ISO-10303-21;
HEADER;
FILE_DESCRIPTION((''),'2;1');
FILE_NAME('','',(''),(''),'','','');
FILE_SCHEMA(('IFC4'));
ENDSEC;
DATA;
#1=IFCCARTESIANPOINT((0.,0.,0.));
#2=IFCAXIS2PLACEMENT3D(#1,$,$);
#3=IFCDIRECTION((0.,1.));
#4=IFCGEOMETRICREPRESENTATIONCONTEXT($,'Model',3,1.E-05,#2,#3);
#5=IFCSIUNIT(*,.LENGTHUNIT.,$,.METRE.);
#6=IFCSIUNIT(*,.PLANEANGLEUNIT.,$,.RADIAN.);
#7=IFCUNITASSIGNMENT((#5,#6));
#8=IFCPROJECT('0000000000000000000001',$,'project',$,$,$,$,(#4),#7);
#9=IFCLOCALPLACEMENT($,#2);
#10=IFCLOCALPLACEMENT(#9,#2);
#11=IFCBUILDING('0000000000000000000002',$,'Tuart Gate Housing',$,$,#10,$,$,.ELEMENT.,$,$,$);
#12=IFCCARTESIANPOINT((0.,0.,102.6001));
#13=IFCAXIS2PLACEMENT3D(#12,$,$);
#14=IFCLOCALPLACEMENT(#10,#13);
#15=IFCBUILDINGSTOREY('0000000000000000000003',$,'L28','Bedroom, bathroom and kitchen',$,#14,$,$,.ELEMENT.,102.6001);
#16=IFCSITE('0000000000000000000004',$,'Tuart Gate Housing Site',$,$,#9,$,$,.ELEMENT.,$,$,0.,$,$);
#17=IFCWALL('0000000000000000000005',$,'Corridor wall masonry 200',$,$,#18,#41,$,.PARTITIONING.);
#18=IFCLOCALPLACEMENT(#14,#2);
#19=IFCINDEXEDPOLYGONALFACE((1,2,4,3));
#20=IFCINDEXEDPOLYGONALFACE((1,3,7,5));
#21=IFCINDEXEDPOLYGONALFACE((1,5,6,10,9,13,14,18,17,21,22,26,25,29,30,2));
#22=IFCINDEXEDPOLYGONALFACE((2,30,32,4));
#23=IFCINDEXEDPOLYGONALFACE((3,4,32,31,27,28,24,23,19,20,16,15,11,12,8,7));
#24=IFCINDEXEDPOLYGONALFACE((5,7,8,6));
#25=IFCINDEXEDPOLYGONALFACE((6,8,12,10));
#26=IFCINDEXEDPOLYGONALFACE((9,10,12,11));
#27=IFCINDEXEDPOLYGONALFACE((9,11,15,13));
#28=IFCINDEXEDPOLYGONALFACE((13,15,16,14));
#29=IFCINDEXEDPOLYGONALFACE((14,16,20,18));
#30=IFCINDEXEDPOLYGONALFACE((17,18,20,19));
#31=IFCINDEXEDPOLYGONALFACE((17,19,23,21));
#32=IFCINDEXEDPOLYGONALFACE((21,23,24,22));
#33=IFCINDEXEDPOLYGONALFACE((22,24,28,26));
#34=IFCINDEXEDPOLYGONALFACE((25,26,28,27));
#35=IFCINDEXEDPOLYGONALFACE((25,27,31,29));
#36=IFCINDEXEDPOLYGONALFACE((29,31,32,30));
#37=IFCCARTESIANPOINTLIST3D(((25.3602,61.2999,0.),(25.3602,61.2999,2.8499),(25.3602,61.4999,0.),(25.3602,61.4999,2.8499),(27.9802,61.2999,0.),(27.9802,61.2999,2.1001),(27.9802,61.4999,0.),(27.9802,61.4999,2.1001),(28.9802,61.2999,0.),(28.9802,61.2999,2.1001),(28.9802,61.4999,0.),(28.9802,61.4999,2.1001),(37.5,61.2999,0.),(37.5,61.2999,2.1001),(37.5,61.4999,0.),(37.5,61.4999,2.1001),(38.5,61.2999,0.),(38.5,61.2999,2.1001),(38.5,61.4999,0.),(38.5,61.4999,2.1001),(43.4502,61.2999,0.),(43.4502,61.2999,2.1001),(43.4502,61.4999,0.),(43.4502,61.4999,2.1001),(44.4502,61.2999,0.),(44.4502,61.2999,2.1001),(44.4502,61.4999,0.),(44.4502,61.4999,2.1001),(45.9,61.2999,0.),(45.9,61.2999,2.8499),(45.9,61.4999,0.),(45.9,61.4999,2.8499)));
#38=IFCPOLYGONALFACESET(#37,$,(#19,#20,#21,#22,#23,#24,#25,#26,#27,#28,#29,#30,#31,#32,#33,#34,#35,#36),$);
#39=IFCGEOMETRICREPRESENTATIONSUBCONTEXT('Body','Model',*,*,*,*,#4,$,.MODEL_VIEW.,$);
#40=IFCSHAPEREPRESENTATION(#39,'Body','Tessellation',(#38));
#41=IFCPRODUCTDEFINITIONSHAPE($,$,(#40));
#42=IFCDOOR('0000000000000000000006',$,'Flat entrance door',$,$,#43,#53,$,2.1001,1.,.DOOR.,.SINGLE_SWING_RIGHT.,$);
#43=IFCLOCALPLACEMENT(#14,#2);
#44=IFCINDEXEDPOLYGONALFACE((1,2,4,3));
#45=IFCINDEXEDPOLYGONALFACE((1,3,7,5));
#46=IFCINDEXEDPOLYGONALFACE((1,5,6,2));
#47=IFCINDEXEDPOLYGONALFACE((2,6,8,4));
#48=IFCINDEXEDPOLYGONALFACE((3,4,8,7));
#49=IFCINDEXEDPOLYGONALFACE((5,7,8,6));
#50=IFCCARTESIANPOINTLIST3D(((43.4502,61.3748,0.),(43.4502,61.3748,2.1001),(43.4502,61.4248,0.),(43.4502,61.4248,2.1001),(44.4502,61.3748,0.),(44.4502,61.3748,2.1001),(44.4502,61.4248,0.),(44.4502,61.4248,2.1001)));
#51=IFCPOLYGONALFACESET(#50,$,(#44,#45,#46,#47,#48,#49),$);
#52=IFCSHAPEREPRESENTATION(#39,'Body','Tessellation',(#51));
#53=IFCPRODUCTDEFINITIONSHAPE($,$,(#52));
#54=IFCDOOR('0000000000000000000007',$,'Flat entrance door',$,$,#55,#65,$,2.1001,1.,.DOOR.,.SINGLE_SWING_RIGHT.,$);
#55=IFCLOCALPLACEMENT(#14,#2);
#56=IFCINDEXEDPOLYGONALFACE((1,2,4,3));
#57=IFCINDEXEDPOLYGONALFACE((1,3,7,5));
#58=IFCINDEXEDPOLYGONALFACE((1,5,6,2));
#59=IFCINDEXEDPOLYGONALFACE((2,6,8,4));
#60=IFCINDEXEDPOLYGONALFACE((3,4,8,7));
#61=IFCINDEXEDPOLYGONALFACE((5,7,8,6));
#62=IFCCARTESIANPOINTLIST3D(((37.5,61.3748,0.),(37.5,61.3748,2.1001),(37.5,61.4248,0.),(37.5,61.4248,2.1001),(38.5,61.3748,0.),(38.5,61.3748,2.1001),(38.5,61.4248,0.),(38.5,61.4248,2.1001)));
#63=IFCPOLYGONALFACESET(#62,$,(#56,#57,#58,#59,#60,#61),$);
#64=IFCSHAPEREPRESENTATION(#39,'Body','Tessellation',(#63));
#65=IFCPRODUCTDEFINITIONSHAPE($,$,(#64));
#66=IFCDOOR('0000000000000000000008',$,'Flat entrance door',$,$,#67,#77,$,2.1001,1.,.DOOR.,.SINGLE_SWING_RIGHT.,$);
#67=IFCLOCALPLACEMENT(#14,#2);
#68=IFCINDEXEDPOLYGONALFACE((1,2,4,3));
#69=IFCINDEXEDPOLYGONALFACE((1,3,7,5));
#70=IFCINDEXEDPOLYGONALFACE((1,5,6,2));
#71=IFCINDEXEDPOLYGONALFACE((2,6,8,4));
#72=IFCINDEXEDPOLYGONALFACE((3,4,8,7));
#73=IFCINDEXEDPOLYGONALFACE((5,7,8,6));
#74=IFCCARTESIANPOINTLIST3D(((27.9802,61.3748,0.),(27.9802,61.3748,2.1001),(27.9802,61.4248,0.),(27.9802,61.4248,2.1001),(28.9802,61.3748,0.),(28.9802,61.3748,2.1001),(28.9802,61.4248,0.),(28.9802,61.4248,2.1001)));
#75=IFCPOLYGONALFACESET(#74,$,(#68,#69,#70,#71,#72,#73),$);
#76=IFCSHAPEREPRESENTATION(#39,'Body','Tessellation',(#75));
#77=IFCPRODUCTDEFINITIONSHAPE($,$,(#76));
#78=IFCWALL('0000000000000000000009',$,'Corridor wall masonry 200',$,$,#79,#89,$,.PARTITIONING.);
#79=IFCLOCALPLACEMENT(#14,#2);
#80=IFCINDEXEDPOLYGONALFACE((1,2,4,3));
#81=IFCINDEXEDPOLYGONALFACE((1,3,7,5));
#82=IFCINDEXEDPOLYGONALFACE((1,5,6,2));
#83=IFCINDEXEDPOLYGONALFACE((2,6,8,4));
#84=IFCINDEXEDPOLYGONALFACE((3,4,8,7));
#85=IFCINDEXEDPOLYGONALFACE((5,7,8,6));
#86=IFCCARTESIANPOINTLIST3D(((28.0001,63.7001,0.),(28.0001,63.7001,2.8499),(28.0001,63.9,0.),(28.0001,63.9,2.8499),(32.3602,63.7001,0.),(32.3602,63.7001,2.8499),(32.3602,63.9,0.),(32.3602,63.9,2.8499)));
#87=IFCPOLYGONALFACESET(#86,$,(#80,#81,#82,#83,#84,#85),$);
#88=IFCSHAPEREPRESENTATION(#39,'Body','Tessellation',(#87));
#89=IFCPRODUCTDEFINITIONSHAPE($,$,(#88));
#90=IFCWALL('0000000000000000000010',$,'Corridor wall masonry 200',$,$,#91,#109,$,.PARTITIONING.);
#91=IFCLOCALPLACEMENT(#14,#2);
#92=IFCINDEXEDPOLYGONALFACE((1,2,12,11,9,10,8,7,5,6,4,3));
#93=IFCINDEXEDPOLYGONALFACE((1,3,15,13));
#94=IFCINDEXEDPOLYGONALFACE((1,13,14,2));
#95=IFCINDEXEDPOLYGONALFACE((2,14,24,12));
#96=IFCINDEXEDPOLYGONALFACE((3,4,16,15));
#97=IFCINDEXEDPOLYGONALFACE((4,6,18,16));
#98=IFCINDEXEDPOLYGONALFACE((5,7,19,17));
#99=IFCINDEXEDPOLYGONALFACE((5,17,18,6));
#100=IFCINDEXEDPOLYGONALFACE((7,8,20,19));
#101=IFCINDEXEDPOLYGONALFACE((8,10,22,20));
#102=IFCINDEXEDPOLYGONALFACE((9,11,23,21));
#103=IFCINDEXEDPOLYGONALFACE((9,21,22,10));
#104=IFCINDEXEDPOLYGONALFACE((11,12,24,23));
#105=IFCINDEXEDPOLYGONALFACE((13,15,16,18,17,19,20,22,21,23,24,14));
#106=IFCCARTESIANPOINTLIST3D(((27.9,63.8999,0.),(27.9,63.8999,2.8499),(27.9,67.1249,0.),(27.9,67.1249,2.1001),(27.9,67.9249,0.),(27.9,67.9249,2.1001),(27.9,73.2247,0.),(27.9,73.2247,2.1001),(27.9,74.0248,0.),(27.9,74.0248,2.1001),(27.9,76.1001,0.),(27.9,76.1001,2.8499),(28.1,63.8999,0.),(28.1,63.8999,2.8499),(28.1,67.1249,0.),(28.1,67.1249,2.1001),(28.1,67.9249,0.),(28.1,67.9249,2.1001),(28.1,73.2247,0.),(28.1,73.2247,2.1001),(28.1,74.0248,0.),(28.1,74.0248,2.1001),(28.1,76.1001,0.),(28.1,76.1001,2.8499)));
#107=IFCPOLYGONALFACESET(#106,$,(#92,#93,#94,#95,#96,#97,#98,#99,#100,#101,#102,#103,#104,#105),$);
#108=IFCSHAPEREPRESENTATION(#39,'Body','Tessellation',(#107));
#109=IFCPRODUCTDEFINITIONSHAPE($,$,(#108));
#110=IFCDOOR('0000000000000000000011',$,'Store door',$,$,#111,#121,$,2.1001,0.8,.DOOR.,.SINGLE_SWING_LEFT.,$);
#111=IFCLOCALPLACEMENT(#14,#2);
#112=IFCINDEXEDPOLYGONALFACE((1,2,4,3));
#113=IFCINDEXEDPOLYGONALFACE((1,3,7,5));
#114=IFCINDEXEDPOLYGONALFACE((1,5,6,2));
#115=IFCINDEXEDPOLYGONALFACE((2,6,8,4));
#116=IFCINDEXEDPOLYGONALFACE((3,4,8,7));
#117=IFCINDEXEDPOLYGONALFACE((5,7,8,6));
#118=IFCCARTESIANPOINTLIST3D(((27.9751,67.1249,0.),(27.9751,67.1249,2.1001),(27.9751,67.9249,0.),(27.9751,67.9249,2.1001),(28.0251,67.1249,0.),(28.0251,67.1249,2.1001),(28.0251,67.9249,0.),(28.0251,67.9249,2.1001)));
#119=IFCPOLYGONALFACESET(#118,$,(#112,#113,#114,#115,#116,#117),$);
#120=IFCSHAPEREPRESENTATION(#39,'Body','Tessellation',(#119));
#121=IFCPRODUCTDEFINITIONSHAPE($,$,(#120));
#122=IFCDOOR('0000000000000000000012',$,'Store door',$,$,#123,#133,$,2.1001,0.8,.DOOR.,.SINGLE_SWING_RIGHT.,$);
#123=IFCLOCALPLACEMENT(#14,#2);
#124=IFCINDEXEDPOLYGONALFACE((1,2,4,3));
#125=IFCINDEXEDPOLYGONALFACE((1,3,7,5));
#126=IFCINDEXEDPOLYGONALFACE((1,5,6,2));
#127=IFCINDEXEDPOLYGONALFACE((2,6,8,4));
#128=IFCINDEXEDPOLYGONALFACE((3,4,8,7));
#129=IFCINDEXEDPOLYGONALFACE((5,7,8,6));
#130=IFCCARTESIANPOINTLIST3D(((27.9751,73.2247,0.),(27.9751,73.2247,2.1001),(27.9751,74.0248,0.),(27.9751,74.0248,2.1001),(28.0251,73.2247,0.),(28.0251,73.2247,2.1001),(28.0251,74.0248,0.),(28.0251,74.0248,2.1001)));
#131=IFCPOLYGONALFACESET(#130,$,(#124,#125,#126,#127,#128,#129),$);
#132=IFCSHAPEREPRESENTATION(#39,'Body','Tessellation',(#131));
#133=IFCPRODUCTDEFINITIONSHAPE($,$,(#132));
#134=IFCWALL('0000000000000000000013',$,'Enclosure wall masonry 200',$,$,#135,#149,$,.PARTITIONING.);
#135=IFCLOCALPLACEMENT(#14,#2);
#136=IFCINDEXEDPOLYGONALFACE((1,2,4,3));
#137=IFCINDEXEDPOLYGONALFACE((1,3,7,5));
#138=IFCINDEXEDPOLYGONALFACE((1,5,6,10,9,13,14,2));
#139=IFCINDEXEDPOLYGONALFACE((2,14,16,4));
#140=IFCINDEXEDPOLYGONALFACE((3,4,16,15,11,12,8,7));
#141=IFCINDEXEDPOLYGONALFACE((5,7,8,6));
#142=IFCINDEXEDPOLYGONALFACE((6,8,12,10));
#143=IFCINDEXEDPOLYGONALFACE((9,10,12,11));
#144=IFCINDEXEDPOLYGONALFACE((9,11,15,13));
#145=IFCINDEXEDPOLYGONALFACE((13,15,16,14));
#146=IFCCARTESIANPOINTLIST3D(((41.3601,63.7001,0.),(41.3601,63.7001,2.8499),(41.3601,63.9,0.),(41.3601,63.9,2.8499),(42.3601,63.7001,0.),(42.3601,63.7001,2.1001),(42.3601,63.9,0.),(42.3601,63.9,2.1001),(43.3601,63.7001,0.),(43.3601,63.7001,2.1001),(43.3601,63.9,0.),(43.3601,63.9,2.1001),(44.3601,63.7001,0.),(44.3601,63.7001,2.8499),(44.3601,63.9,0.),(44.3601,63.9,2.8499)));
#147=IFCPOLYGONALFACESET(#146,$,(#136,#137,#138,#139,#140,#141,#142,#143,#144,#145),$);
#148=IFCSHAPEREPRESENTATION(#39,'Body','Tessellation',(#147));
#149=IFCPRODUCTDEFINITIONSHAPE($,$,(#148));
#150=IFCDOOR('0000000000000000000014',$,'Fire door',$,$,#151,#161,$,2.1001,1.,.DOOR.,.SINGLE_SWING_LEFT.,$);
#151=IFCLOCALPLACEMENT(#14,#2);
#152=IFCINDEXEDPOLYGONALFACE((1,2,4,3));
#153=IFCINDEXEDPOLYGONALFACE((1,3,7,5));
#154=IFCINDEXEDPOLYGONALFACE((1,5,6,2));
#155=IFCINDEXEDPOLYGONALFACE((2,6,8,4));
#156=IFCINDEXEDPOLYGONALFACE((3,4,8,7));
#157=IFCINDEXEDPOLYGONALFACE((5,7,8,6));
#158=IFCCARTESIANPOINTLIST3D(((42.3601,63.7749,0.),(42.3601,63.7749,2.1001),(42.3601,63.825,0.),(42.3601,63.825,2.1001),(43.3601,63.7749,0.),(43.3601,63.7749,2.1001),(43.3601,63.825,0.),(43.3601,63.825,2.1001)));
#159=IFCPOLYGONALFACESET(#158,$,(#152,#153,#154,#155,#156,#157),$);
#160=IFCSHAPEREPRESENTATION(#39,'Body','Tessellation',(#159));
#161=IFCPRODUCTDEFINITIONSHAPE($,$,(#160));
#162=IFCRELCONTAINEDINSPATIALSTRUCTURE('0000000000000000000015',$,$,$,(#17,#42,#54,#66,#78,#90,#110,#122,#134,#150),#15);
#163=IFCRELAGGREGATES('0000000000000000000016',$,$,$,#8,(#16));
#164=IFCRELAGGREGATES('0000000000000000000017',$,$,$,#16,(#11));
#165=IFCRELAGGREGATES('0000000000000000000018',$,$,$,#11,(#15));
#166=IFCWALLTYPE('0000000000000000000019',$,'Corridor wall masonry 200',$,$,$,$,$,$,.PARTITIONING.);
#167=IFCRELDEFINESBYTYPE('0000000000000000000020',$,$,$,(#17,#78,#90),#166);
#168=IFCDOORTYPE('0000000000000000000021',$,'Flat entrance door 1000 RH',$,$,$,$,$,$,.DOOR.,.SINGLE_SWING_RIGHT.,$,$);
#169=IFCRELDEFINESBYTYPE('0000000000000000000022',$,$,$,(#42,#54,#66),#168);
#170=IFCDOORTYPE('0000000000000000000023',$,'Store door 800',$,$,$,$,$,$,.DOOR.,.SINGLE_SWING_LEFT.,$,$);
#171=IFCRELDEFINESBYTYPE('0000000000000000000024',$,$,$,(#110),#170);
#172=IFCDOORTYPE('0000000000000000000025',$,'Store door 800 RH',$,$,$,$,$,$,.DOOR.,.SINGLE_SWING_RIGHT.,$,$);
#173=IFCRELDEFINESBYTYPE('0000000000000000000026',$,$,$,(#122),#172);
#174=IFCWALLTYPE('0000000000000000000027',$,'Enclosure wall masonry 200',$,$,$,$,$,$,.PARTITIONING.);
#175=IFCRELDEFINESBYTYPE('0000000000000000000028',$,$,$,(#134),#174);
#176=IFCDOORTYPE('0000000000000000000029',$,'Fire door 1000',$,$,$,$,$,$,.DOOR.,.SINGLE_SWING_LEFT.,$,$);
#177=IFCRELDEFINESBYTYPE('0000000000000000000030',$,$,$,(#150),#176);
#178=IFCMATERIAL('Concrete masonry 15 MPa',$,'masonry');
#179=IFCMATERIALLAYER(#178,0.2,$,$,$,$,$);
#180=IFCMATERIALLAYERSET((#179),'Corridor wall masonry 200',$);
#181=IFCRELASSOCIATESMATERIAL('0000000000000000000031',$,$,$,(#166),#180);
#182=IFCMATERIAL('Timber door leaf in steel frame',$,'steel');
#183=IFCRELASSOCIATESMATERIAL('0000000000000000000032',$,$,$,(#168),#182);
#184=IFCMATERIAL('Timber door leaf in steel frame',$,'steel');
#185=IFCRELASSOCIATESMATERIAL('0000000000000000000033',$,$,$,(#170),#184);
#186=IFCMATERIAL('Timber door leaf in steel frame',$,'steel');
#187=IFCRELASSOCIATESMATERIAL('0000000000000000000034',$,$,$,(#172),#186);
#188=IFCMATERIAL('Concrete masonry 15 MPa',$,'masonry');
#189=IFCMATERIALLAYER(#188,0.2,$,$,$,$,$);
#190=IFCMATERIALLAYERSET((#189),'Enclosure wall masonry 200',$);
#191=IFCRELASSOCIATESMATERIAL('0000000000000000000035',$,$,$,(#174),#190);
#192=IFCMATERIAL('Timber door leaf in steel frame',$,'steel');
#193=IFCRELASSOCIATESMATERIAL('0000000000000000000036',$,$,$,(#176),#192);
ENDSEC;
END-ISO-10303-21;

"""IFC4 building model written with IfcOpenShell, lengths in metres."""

from ifc_helpers import new_model, si_unit, direction, frame, frame_2d, origin, place, context, subcontext, project, spatial, rectangle, extrude, material, layer, layer_set, type_object, element, fill, save


model = new_model("IFC4")

# Units and contexts
model_context = context("Model", 3, precision=1e-05, world=origin(), true_north=direction((0.0, 1.0)))
body_context = subcontext(model_context, "Body", "Model", "MODEL_VIEW")
ifc_project = project(units=[si_unit("LENGTHUNIT", "METRE"), si_unit("PLANEANGLEUNIT", "RADIAN")], contexts=[model_context])

# Site, building, storey
site_placement = place(None, origin())
site = spatial("IfcSite", under=ifc_project, at=site_placement, Name="Tuart Gate Housing Site", CompositionType="ELEMENT", RefElevation=0.0)
building_placement = place(site_placement, origin())
building = spatial("IfcBuilding", under=site, at=building_placement, Name="Tuart Gate Housing", CompositionType="ELEMENT")
storey_placement = place(building_placement, frame((0.0, 0.0, 102.6001)))
storey = spatial("IfcBuildingStorey", under=building, at=storey_placement, Name="L28", Description="Bedroom, bathroom and kitchen", CompositionType="ELEMENT", Elevation=102.6001)

# Wall, openings, doors
ifc_material_1 = material(Name="Concrete masonry 15 MPa", Category="masonry")
ifc_layer_1 = layer(ifc_material_1, 0.2)
ifc_layer_set_1 = layer_set([ifc_layer_1], Name="Corridor wall masonry 200")
wall_type_1 = type_object("IfcWallType", Name="Corridor wall masonry 200", PredefinedType="PARTITIONING", material=ifc_layer_set_1)
wall_1_placement = place(storey_placement, frame((25.3601, 61.3999, 0.0), z_axis=(0.0, 0.0, 1.0), x_axis=(1.0, 0.0, 0.0)))
wall_1 = element("IfcWall", 1, at=wall_1_placement, inside=storey, type_object=wall_type_1, Name="Corridor wall masonry 200", PredefinedType="PARTITIONING", context=body_context, shape_type="SweptSolid", body=[
    extrude(rectangle(XDim=20.5398, YDim=0.2, at=frame_2d((10.27, 0.0))), origin(), (0.0, 0.0, 1.0), 2.8499),
])
opening_1_placement = place(wall_1_placement, frame((18.0901, 0.0, 0.0)))
opening_1 = element("IfcOpeningElement", 2, at=opening_1_placement, cuts=wall_1, PredefinedType="OPENING", context=body_context, shape_type="SweptSolid", body=[
    extrude(rectangle(XDim=1.0, YDim=2.1001, at=frame_2d((0.5, 1.05))), frame((0.0, 0.1099, 0.0), z_axis=(0.0, -1.0, 0.0), x_axis=(1.0, 0.0, 0.0)), (0.0, 0.0, 1.0), 0.22),
])
opening_2_placement = place(wall_1_placement, frame((12.1399, 0.0, 0.0)))
opening_2 = element("IfcOpeningElement", 3, at=opening_2_placement, cuts=wall_1, PredefinedType="OPENING", context=body_context, shape_type="SweptSolid", body=[
    extrude(rectangle(XDim=1.0, YDim=2.1001, at=frame_2d((0.5, 1.05))), frame((0.0, 0.1099, 0.0), z_axis=(0.0, -1.0, 0.0), x_axis=(1.0, 0.0, 0.0)), (0.0, 0.0, 1.0), 0.22),
])
opening_3_placement = place(wall_1_placement, frame((2.6201, 0.0, 0.0)))
opening_3 = element("IfcOpeningElement", 4, at=opening_3_placement, cuts=wall_1, PredefinedType="OPENING", context=body_context, shape_type="SweptSolid", body=[
    extrude(rectangle(XDim=1.0, YDim=2.1001, at=frame_2d((0.5, 1.05))), frame((0.0, 0.1099, 0.0), z_axis=(0.0, -1.0, 0.0), x_axis=(1.0, 0.0, 0.0)), (0.0, 0.0, 1.0), 0.22),
])
ifc_material_2 = material(Name="Timber door leaf in steel frame", Category="steel")
door_type_1 = type_object("IfcDoorType", Name="Flat entrance door 1000 RH", OperationType="SINGLE_SWING_RIGHT", PredefinedType="DOOR", material=ifc_material_2)
door_1_placement = place(opening_1_placement, frame((1.0, 0.0, 0.0), z_axis=(0.0, 0.0, 1.0), x_axis=(-1.0, 0.0, 0.0)))
door_1 = element("IfcDoor", 5, at=door_1_placement, inside=storey, type_object=door_type_1, Name="Flat entrance door", OperationType="SINGLE_SWING_RIGHT", OverallHeight=2.1001, OverallWidth=1.0, PredefinedType="DOOR", context=body_context, shape_type="SweptSolid", body=[
    extrude(rectangle(XDim=1.0, YDim=2.1001, at=frame_2d((0.5, 1.05))), frame((0.0, 0.0251, 0.0), z_axis=(0.0, -1.0, 0.0), x_axis=(1.0, 0.0, 0.0)), (0.0, 0.0, 1.0), 0.05),
])
fill(opening_1, door_1)
door_2_placement = place(opening_2_placement, frame((1.0, 0.0, 0.0), z_axis=(0.0, 0.0, 1.0), x_axis=(-1.0, 0.0, 0.0)))
door_2 = element("IfcDoor", 6, at=door_2_placement, inside=storey, type_object=door_type_1, Name="Flat entrance door", OperationType="SINGLE_SWING_RIGHT", OverallHeight=2.1001, OverallWidth=1.0, PredefinedType="DOOR", context=body_context, shape_type="SweptSolid", body=[
    extrude(rectangle(XDim=1.0, YDim=2.1001, at=frame_2d((0.5, 1.05))), frame((0.0, 0.0251, 0.0), z_axis=(0.0, -1.0, 0.0), x_axis=(1.0, 0.0, 0.0)), (0.0, 0.0, 1.0), 0.05),
])
fill(opening_2, door_2)
door_3_placement = place(opening_3_placement, frame((1.0, 0.0, 0.0), z_axis=(0.0, 0.0, 1.0), x_axis=(-1.0, 0.0, 0.0)))
door_3 = element("IfcDoor", 7, at=door_3_placement, inside=storey, type_object=door_type_1, Name="Flat entrance door", OperationType="SINGLE_SWING_RIGHT", OverallHeight=2.1001, OverallWidth=1.0, PredefinedType="DOOR", context=body_context, shape_type="SweptSolid", body=[
    extrude(rectangle(XDim=1.0, YDim=2.1001, at=frame_2d((0.5, 1.05))), frame((0.0, 0.0251, 0.0), z_axis=(0.0, -1.0, 0.0), x_axis=(1.0, 0.0, 0.0)), (0.0, 0.0, 1.0), 0.05),
])
fill(opening_3, door_3)

# Wall
wall_2_placement = place(storey_placement, frame((28.0, 63.8, 0.0), z_axis=(0.0, 0.0, 1.0), x_axis=(1.0, 0.0, 0.0)))
element("IfcWall", 8, at=wall_2_placement, inside=storey, type_object=wall_type_1, Name="Corridor wall masonry 200", PredefinedType="PARTITIONING", context=body_context, shape_type="SweptSolid", body=[
    extrude(rectangle(XDim=4.3601, YDim=0.2, at=frame_2d((2.1802, 0.0))), origin(), (0.0, 0.0, 1.0), 2.8499),
])

# Wall, openings, doors
wall_3_placement = place(storey_placement, frame((28.0, 63.8999, 0.0), z_axis=(0.0, 0.0, 1.0), x_axis=(0.0, 1.0, 0.0)))
wall_3 = element("IfcWall", 9, at=wall_3_placement, inside=storey, type_object=wall_type_1, Name="Corridor wall masonry 200", PredefinedType="PARTITIONING", context=body_context, shape_type="SweptSolid", body=[
    extrude(rectangle(XDim=12.2002, YDim=0.2, at=frame_2d((6.1001, 0.0))), origin(), (0.0, 0.0, 1.0), 2.8499),
])
opening_4_placement = place(wall_3_placement, frame((3.2251, 0.0, 0.0)))
opening_4 = element("IfcOpeningElement", 10, at=opening_4_placement, cuts=wall_3, PredefinedType="OPENING", context=body_context, shape_type="SweptSolid", body=[
    extrude(rectangle(XDim=0.8, YDim=2.1001, at=frame_2d((0.3999, 1.05))), frame((0.0, 0.1099, 0.0), z_axis=(0.0, -1.0, 0.0), x_axis=(1.0, 0.0, 0.0)), (0.0, 0.0, 1.0), 0.22),
])
opening_5_placement = place(wall_3_placement, frame((9.325, 0.0, 0.0)))
opening_5 = element("IfcOpeningElement", 11, at=opening_5_placement, cuts=wall_3, PredefinedType="OPENING", context=body_context, shape_type="SweptSolid", body=[
    extrude(rectangle(XDim=0.8, YDim=2.1001, at=frame_2d((0.3999, 1.05))), frame((0.0, 0.1099, 0.0), z_axis=(0.0, -1.0, 0.0), x_axis=(1.0, 0.0, 0.0)), (0.0, 0.0, 1.0), 0.22),
])
ifc_material_3 = material(Name="Timber door leaf in steel frame", Category="steel")
door_type_2 = type_object("IfcDoorType", Name="Store door 800", OperationType="SINGLE_SWING_LEFT", PredefinedType="DOOR", material=ifc_material_3)
door_4_placement = place(opening_4_placement, frame((0.8, 0.0, 0.0), z_axis=(0.0, 0.0, 1.0), x_axis=(-1.0, 0.0, 0.0)))
door_4 = element("IfcDoor", 12, at=door_4_placement, inside=storey, type_object=door_type_2, Name="Store door", OperationType="SINGLE_SWING_LEFT", OverallHeight=2.1001, OverallWidth=0.8, PredefinedType="DOOR", context=body_context, shape_type="SweptSolid", body=[
    extrude(rectangle(XDim=0.8, YDim=2.1001, at=frame_2d((0.4001, 1.05))), frame((0.0, 0.0251, 0.0), z_axis=(0.0, -1.0, 0.0), x_axis=(1.0, 0.0, 0.0)), (0.0, 0.0, 1.0), 0.05),
])
fill(opening_4, door_4)
ifc_material_4 = material(Name="Timber door leaf in steel frame", Category="steel")
door_type_3 = type_object("IfcDoorType", Name="Store door 800 RH", OperationType="SINGLE_SWING_RIGHT", PredefinedType="DOOR", material=ifc_material_4)
door_5_placement = place(opening_5_placement, frame((0.8, 0.0, 0.0), z_axis=(0.0, 0.0, 1.0), x_axis=(-1.0, 0.0, 0.0)))
door_5 = element("IfcDoor", 13, at=door_5_placement, inside=storey, type_object=door_type_3, Name="Store door", OperationType="SINGLE_SWING_RIGHT", OverallHeight=2.1001, OverallWidth=0.8, PredefinedType="DOOR", context=body_context, shape_type="SweptSolid", body=[
    extrude(rectangle(XDim=0.8, YDim=2.1001, at=frame_2d((0.4001, 1.05))), frame((0.0, 0.0251, 0.0), z_axis=(0.0, -1.0, 0.0), x_axis=(1.0, 0.0, 0.0)), (0.0, 0.0, 1.0), 0.05),
])
fill(opening_5, door_5)

# Wall, opening, door
ifc_material_5 = material(Name="Concrete masonry 15 MPa", Category="masonry")
ifc_layer_2 = layer(ifc_material_5, 0.2)
ifc_layer_set_2 = layer_set([ifc_layer_2], Name="Enclosure wall masonry 200")
wall_type_2 = type_object("IfcWallType", Name="Enclosure wall masonry 200", PredefinedType="PARTITIONING", material=ifc_layer_set_2)
wall_4_placement = place(storey_placement, frame((41.3601, 63.8, 0.0), z_axis=(0.0, 0.0, 1.0), x_axis=(1.0, 0.0, 0.0)))
wall_4 = element("IfcWall", 14, at=wall_4_placement, inside=storey, type_object=wall_type_2, Name="Enclosure wall masonry 200", PredefinedType="PARTITIONING", context=body_context, shape_type="SweptSolid", body=[
    extrude(rectangle(XDim=3.0, YDim=0.2, at=frame_2d((1.5, 0.0))), origin(), (0.0, 0.0, 1.0), 2.8499),
])
opening_6_placement = place(wall_4_placement, frame((1.0, 0.0, 0.0)))
opening_6 = element("IfcOpeningElement", 15, at=opening_6_placement, cuts=wall_4, PredefinedType="OPENING", context=body_context, shape_type="SweptSolid", body=[
    extrude(rectangle(XDim=1.0, YDim=2.1001, at=frame_2d((0.5, 1.05))), frame((0.0, 0.1099, 0.0), z_axis=(0.0, -1.0, 0.0), x_axis=(1.0, 0.0, 0.0)), (0.0, 0.0, 1.0), 0.22),
])
ifc_material_6 = material(Name="Timber door leaf in steel frame", Category="steel")
door_type_4 = type_object("IfcDoorType", Name="Fire door 1000", OperationType="SINGLE_SWING_LEFT", PredefinedType="DOOR", material=ifc_material_6)
door_6_placement = place(opening_6_placement, frame((1.0, 0.0, 0.0), z_axis=(0.0, 0.0, 1.0), x_axis=(-1.0, 0.0, 0.0)))
door_6 = element("IfcDoor", 16, at=door_6_placement, inside=storey, type_object=door_type_4, Name="Fire door", OperationType="SINGLE_SWING_LEFT", OverallHeight=2.1001, OverallWidth=1.0, PredefinedType="DOOR", context=body_context, shape_type="SweptSolid", body=[
    extrude(rectangle(XDim=1.0, YDim=2.1001, at=frame_2d((0.5, 1.05))), frame((0.0, 0.0251, 0.0), z_axis=(0.0, -1.0, 0.0), x_axis=(1.0, 0.0, 0.0)), (0.0, 0.0, 1.0), 0.05),
])
fill(opening_6, door_6)

save(model, "model.ifc")
